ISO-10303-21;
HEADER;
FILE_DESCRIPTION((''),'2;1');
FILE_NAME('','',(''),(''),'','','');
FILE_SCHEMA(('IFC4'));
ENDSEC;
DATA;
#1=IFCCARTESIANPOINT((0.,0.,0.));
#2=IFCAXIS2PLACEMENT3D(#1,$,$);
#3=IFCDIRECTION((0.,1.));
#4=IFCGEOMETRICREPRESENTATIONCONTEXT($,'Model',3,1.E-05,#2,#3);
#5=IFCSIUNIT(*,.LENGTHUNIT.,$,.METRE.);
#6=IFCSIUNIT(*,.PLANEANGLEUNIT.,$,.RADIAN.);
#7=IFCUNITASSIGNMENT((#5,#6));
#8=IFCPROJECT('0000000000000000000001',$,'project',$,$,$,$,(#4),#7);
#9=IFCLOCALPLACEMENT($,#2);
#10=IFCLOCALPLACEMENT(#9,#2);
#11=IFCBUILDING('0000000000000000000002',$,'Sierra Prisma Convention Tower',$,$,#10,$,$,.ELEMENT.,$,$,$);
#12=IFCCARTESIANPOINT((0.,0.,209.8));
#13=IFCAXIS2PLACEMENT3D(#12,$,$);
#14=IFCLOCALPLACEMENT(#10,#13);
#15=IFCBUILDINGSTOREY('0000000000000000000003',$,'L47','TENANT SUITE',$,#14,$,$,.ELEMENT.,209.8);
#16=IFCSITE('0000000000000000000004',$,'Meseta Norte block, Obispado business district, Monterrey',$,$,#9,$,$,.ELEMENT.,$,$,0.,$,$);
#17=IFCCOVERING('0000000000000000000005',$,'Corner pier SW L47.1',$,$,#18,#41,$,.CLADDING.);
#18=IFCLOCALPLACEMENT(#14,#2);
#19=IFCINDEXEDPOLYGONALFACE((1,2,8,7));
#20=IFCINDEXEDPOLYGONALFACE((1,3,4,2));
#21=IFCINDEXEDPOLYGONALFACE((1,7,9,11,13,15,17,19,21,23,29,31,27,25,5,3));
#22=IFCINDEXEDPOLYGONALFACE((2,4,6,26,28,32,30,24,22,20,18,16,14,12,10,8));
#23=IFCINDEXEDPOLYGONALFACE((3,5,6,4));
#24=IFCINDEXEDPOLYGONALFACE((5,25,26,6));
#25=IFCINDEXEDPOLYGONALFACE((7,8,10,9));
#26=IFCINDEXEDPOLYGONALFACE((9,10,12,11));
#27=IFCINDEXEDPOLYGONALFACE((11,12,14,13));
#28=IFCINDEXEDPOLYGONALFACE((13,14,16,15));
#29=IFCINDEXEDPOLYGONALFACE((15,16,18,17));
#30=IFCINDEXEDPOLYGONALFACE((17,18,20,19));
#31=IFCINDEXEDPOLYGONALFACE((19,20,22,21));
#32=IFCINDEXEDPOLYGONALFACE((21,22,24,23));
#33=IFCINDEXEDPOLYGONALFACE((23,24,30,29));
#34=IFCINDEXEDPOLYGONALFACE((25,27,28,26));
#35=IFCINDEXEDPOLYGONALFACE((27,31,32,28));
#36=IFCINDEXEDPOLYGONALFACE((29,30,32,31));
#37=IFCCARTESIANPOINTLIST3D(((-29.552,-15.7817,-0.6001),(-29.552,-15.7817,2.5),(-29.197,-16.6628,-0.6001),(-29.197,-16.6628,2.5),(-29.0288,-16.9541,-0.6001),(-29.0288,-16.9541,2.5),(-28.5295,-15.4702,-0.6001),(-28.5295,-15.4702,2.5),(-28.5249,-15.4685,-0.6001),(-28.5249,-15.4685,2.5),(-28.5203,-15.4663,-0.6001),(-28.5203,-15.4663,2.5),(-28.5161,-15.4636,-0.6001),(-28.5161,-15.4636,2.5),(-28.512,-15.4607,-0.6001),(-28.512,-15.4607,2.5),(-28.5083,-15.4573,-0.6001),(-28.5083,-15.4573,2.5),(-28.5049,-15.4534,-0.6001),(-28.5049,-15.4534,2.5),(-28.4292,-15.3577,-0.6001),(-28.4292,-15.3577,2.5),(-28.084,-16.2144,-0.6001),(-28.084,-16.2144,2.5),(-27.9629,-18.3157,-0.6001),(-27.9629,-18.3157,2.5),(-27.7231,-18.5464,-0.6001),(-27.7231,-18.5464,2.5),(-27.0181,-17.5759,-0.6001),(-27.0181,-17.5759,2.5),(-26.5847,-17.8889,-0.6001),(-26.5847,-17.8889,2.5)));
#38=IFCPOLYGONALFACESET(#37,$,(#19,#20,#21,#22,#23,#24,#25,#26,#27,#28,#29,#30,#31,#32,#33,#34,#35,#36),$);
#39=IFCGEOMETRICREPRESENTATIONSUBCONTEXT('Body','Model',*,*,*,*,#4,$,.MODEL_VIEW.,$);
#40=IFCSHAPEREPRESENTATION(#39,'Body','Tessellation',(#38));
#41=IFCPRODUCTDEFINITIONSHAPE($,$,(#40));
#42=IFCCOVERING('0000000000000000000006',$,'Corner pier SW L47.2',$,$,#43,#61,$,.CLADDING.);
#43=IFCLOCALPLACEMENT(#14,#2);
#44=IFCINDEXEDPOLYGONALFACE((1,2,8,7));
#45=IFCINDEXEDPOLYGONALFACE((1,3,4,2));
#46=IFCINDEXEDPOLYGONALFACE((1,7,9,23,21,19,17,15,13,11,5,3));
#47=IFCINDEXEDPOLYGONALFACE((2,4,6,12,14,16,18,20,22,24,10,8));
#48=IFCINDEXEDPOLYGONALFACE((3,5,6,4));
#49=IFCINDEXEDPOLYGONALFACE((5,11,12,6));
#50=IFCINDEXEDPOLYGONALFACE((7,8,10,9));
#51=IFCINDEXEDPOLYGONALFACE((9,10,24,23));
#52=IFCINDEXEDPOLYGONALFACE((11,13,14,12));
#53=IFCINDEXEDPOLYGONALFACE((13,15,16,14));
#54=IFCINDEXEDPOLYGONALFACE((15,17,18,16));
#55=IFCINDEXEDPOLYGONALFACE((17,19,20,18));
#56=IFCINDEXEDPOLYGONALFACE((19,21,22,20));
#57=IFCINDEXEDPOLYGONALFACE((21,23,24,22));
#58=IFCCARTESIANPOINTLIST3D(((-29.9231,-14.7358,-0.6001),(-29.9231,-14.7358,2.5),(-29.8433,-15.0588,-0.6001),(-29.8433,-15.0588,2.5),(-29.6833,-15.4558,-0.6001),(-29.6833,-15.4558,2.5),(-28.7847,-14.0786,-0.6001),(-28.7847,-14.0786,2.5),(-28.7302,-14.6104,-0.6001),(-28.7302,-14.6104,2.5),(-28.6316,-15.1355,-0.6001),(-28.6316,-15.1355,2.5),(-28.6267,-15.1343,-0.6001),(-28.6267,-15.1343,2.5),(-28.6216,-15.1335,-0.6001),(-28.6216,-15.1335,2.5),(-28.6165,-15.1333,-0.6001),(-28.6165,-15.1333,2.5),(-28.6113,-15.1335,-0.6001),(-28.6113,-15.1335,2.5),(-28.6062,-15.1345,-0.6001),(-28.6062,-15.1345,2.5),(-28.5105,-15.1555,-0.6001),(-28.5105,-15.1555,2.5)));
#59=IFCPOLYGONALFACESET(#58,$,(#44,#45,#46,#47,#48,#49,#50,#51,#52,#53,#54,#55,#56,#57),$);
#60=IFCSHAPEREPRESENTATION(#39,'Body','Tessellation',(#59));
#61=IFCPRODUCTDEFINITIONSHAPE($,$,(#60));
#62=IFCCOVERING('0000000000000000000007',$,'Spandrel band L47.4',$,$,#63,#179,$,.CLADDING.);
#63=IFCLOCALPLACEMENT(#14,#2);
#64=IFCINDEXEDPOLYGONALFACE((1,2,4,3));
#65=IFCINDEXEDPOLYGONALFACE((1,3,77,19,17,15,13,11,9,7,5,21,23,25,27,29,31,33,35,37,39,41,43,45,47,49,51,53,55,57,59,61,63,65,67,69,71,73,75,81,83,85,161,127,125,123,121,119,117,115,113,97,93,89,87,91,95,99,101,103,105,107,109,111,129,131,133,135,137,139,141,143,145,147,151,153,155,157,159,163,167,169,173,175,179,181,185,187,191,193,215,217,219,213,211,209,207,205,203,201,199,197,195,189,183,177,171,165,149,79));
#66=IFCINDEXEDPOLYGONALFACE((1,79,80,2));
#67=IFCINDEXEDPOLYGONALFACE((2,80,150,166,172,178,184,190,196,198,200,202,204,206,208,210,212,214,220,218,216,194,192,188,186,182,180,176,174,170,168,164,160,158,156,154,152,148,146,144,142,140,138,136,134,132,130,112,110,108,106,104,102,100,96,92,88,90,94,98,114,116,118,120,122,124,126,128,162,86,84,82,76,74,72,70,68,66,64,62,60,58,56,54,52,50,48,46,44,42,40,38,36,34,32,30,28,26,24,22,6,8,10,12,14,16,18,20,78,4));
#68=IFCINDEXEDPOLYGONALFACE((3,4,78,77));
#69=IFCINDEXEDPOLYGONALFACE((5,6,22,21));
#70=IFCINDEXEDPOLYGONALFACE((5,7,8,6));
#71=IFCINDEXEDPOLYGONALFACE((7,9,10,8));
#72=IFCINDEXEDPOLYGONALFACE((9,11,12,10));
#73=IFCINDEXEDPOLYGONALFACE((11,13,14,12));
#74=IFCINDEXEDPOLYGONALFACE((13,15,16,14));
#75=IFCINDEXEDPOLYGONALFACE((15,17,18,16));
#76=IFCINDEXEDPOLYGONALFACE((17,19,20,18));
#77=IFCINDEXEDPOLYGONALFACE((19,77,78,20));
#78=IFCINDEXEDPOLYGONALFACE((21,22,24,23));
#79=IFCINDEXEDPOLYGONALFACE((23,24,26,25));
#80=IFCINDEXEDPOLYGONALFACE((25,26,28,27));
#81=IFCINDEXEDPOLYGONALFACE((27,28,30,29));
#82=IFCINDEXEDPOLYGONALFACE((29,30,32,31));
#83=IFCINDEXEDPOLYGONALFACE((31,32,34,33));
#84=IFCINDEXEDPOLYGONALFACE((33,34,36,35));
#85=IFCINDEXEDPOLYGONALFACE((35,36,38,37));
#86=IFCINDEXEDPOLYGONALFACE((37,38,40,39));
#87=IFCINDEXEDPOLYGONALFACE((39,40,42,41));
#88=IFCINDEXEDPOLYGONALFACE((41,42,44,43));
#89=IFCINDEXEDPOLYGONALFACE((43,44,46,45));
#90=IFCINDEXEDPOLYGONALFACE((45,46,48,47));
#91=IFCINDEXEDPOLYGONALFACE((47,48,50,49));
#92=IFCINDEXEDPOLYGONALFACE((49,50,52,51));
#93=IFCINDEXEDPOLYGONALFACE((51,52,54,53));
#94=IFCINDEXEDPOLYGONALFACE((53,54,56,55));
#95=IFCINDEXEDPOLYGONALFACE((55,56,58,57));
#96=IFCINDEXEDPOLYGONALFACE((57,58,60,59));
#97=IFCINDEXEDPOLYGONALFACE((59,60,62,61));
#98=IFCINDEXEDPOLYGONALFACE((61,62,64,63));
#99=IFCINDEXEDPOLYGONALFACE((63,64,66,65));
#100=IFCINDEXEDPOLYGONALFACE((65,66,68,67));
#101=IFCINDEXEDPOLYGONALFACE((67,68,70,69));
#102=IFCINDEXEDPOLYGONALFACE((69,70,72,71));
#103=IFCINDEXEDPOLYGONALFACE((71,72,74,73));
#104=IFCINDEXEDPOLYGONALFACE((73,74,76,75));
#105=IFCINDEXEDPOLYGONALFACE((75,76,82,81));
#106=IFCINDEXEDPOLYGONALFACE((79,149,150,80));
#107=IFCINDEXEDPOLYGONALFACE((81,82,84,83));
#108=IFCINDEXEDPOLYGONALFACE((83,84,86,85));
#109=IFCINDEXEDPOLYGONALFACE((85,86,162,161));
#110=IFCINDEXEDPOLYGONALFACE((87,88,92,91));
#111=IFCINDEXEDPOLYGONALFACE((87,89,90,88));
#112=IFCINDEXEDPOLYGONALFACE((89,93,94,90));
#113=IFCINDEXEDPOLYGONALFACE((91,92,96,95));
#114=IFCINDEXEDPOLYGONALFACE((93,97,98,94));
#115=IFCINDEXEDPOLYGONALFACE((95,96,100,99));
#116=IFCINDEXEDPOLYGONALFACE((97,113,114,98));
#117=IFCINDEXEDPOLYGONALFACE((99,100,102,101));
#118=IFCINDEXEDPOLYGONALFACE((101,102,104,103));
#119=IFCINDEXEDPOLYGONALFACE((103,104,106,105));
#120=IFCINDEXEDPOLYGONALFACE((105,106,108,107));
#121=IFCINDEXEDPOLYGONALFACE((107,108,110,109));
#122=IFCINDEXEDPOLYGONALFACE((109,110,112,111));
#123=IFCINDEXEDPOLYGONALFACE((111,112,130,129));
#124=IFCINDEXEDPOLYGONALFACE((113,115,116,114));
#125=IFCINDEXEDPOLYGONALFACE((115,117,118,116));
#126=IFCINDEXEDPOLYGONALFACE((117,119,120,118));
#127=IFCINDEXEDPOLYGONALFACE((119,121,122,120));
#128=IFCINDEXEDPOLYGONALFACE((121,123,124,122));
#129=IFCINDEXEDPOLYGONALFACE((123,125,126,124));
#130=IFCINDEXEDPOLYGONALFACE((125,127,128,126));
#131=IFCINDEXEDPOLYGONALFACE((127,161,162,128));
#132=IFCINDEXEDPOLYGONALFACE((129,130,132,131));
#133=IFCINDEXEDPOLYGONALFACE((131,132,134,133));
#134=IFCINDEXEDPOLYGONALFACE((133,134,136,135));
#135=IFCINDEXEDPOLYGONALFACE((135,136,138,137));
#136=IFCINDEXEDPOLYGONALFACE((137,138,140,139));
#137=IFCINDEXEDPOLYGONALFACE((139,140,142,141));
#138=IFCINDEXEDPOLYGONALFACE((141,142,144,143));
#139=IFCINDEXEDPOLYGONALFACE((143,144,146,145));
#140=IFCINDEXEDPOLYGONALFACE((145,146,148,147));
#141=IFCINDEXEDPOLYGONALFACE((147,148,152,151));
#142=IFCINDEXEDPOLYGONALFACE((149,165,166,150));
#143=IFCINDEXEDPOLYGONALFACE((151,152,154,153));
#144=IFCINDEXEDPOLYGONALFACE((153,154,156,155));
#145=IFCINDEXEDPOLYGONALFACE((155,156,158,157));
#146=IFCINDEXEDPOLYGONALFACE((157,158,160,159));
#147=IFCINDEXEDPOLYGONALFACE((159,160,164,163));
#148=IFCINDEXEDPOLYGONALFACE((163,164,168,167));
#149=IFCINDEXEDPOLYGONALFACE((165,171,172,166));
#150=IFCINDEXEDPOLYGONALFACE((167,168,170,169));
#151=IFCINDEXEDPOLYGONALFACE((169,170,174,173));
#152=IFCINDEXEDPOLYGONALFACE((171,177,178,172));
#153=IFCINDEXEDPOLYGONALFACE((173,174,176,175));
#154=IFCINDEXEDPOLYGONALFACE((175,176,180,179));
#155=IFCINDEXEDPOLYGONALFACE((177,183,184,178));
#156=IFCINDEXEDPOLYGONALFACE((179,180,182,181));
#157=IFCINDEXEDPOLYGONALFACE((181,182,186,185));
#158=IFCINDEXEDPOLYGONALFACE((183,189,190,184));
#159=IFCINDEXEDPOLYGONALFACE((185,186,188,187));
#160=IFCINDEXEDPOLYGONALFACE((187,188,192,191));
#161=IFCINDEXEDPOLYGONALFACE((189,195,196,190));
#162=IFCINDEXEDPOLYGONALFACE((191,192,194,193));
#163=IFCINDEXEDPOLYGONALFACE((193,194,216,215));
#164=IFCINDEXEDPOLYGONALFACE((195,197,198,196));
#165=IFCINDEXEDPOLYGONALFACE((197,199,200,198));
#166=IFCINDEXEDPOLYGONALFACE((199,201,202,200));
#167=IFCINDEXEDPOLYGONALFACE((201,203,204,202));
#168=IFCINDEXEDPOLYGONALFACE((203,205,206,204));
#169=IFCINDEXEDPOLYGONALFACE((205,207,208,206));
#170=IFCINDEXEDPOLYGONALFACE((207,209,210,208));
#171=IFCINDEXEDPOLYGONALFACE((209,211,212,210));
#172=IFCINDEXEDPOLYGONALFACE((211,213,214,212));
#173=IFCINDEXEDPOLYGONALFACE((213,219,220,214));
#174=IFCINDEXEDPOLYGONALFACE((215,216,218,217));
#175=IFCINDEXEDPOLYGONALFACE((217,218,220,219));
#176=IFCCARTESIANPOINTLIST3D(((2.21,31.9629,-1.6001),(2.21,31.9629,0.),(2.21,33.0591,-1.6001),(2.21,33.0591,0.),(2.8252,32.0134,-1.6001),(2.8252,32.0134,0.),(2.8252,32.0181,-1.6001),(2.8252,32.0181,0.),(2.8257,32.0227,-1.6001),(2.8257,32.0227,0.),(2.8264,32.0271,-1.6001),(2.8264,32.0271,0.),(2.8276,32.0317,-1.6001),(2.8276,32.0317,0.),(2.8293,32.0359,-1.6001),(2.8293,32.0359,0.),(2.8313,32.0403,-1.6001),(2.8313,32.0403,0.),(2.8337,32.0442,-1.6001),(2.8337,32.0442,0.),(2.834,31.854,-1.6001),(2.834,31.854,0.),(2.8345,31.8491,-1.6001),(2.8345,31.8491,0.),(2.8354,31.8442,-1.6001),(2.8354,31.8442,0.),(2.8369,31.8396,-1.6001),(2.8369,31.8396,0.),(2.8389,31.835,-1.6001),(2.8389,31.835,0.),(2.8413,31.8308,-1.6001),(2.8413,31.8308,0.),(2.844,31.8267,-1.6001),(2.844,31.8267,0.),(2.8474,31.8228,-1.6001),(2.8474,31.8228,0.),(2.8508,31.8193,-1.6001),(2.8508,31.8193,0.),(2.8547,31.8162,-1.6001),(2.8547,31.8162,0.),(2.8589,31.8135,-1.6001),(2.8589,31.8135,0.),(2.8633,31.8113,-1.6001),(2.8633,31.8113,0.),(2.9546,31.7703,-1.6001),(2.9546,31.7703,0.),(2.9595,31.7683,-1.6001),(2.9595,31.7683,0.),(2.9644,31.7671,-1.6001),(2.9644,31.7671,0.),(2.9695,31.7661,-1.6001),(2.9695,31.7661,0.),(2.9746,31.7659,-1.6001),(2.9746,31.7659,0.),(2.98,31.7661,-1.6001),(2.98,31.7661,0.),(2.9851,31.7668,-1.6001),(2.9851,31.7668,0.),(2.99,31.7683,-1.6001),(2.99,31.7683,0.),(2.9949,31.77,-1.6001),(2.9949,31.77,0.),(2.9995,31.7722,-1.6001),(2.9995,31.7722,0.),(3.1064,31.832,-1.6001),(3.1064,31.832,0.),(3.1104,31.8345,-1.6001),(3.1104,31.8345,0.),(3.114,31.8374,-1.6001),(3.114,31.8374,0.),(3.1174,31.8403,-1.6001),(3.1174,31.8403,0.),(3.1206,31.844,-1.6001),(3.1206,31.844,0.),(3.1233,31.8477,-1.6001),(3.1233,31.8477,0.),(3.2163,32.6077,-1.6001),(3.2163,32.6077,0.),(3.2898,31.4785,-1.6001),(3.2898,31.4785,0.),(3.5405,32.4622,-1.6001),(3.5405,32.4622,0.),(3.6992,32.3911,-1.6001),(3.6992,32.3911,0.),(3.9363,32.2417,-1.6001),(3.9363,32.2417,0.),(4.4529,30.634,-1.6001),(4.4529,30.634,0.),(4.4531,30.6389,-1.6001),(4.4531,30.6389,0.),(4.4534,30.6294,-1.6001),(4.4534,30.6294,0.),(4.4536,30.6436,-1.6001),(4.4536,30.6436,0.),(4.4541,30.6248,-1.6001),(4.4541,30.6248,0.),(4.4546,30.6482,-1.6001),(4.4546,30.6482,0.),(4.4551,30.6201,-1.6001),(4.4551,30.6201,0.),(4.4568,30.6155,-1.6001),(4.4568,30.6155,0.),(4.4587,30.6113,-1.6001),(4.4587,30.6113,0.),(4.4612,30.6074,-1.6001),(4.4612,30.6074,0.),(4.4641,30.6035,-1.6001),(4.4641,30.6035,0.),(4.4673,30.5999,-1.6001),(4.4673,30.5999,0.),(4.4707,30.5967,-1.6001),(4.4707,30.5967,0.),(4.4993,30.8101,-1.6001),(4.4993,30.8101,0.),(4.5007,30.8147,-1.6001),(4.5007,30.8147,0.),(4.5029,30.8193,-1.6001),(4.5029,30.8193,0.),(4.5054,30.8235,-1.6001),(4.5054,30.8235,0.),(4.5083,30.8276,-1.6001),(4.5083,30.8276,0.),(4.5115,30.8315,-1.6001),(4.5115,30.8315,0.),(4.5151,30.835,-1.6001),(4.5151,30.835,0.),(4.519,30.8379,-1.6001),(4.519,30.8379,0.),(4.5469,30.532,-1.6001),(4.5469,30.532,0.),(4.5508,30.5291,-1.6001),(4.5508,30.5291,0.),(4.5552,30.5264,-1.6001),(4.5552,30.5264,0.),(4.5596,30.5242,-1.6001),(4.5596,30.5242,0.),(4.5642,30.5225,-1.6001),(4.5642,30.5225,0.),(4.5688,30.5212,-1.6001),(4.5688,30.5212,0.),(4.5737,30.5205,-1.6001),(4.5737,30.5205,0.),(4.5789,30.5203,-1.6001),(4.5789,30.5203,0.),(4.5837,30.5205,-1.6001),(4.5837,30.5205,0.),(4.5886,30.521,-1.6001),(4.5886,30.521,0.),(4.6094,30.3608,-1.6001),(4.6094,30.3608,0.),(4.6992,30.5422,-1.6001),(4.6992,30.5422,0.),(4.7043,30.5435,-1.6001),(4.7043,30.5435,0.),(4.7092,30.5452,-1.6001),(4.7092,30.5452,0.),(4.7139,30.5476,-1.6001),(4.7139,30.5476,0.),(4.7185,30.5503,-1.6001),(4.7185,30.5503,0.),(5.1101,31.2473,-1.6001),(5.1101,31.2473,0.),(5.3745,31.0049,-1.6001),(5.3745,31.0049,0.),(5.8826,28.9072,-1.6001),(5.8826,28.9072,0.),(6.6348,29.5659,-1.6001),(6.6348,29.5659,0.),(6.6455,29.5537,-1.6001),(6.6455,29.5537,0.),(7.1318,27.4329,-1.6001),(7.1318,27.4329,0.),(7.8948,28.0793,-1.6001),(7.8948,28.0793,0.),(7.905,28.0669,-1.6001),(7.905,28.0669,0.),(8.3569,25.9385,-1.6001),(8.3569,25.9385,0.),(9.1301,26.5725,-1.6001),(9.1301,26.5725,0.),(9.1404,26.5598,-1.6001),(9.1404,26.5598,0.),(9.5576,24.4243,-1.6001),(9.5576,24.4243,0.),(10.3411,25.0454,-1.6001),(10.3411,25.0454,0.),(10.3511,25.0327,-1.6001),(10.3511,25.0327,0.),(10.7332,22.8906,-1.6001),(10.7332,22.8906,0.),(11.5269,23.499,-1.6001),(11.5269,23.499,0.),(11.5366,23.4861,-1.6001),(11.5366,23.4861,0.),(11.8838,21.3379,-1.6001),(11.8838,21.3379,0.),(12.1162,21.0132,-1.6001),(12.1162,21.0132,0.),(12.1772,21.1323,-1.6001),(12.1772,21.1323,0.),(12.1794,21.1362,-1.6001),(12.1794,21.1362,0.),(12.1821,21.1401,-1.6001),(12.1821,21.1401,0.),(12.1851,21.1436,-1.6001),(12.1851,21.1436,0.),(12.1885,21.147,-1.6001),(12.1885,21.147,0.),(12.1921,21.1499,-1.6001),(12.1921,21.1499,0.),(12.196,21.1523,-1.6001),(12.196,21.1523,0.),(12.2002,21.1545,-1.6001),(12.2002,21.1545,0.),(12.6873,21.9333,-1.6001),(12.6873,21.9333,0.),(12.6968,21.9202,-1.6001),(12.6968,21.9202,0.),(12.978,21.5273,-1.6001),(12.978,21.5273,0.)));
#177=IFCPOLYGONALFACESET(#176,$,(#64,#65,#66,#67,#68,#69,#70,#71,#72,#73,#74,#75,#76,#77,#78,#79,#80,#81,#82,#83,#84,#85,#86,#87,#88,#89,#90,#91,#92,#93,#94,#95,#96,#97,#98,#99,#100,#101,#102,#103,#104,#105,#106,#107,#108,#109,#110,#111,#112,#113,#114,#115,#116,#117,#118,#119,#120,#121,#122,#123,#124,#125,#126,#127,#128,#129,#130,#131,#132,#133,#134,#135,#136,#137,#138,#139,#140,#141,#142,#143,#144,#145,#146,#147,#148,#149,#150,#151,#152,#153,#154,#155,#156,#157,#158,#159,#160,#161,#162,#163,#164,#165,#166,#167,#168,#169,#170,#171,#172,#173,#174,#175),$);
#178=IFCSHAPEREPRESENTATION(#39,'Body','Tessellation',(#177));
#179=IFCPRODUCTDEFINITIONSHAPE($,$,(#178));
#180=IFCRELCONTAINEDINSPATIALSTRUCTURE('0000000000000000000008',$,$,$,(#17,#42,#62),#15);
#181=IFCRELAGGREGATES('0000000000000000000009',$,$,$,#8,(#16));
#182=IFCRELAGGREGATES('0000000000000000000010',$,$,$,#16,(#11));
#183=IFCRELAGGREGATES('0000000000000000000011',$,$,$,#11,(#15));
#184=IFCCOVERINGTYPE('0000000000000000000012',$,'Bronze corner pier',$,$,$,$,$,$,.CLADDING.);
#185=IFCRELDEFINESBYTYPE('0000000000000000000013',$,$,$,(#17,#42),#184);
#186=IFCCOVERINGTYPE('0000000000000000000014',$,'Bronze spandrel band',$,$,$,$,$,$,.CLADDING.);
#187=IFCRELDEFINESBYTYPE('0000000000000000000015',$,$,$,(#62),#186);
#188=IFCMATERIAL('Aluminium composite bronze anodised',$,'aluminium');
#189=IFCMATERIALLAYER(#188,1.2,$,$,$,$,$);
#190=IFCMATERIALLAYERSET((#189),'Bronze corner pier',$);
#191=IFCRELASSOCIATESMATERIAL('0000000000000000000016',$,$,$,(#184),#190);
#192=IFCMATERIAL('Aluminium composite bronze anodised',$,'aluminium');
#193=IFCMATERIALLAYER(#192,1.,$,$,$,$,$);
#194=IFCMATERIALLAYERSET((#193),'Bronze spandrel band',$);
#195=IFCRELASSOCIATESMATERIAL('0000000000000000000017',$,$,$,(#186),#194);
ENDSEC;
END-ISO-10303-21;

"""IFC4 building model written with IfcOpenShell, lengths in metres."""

from ifc_helpers import new_model, si_unit, direction, frame, origin, place, context, subcontext, project, spatial, polyline, outline, extrude, material, layer, layer_set, type_object, element, save


model = new_model("IFC4")

# Units and contexts
model_context = context("Model", 3, precision=1e-05, world=origin(), true_north=direction((0.0, 1.0)))
body_context = subcontext(model_context, "Body", "Model", "MODEL_VIEW")
ifc_project = project(units=[si_unit("LENGTHUNIT", "METRE"), si_unit("PLANEANGLEUNIT", "RADIAN")], contexts=[model_context])

# Site, building, storey
site_placement = place(None, origin())
site = spatial("IfcSite", under=ifc_project, at=site_placement, Name="Meseta Norte block, Obispado business district, Monterrey", CompositionType="ELEMENT", RefElevation=0.0)
building_placement = place(site_placement, origin())
building = spatial("IfcBuilding", under=site, at=building_placement, Name="Sierra Prisma Convention Tower", CompositionType="ELEMENT")
storey_placement = place(building_placement, frame((0.0, 0.0, 209.8)))
storey = spatial("IfcBuildingStorey", under=building, at=storey_placement, Name="L47", Description="TENANT SUITE", CompositionType="ELEMENT", Elevation=209.8)

# Coverings
ifc_material_1 = material(Name="Aluminium composite bronze anodised", Category="aluminium")
ifc_layer_1 = layer(ifc_material_1, 1.2)
ifc_layer_set_1 = layer_set([ifc_layer_1], Name="Bronze corner pier")
covering_type_1 = type_object("IfcCoveringType", Name="Bronze corner pier", PredefinedType="CLADDING", material=ifc_layer_set_1)
covering_1_placement = place(storey_placement, frame((0.0, 0.0, -0.6001)))
element("IfcCovering", 1, at=covering_1_placement, inside=storey, type_object=covering_type_1, Name="Corner pier SW L47.1", PredefinedType="CLADDING", context=body_context, shape_type="SweptSolid", body=[
    extrude(outline(polyline([(-29.552, -15.7817), (-28.5295, -15.4702), (-28.5249, -15.4685), (-28.5203, -15.4663), (-28.5161, -15.4636), (-28.512, -15.4607), (-28.5083, -15.4573), (-28.5049, -15.4534), (-28.4292, -15.3577), (-28.084, -16.2144), (-27.0181, -17.5759), (-26.5847, -17.8889), (-27.7231, -18.5464), (-27.9629, -18.3157), (-29.0288, -16.9541), (-29.197, -16.6628), (-29.552, -15.7817)])), origin(), (0.0, 0.0, 1.0), 3.1001),
])
covering_2_placement = place(storey_placement, frame((0.0, 0.0, -0.6001)))
element("IfcCovering", 2, at=covering_2_placement, inside=storey, type_object=covering_type_1, Name="Corner pier SW L47.2", PredefinedType="CLADDING", context=body_context, shape_type="SweptSolid", body=[
    extrude(outline(polyline([(-29.8433, -15.0588), (-29.9231, -14.7358), (-28.7847, -14.0786), (-28.7302, -14.6104), (-28.5105, -15.1555), (-28.6062, -15.1345), (-28.6113, -15.1335), (-28.6165, -15.1333), (-28.6216, -15.1335), (-28.6267, -15.1343), (-28.6316, -15.1355), (-29.6833, -15.4558), (-29.8433, -15.0588)])), origin(), (0.0, 0.0, 1.0), 3.1001),
])
ifc_material_2 = material(Name="Aluminium composite bronze anodised", Category="aluminium")
ifc_layer_2 = layer(ifc_material_2, 1.0)
ifc_layer_set_2 = layer_set([ifc_layer_2], Name="Bronze spandrel band")
covering_type_2 = type_object("IfcCoveringType", Name="Bronze spandrel band", PredefinedType="CLADDING", material=ifc_layer_set_2)
covering_3_placement = place(storey_placement, frame((0.0, 0.0, -1.6001)))
element("IfcCovering", 3, at=covering_3_placement, inside=storey, type_object=covering_type_2, Name="Spandrel band L47.4", PredefinedType="CLADDING", context=body_context, shape_type="SweptSolid", body=[
    extrude(outline(polyline([(2.8313, 32.0403), (2.8293, 32.0359), (2.8276, 32.0317), (2.8264, 32.0271), (2.8257, 32.0227), (2.8252, 32.0181), (2.8252, 32.0134), (2.834, 31.854), (2.8345, 31.8491), (2.8354, 31.8442), (2.8369, 31.8396), (2.8389, 31.835), (2.8413, 31.8308), (2.844, 31.8267), (2.8474, 31.8228), (2.8508, 31.8193), (2.8547, 31.8162), (2.8589, 31.8135), (2.8633, 31.8113), (2.9546, 31.7703), (2.9595, 31.7683), (2.9644, 31.7671), (2.9695, 31.7661), (2.9746, 31.7659), (2.98, 31.7661), (2.9851, 31.7668), (2.99, 31.7683), (2.9949, 31.77), (2.9995, 31.7722), (3.1064, 31.832), (3.1104, 31.8345), (3.114, 31.8374), (3.1174, 31.8403), (3.1206, 31.844), (3.1233, 31.8477), (3.5405, 32.4622), (3.6992, 32.3911), (3.9363, 32.2417), (5.1101, 31.2473), (4.519, 30.8379), (4.5151, 30.835), (4.5115, 30.8315), (4.5083, 30.8276), (4.5054, 30.8235), (4.5029, 30.8193), (4.5007, 30.8147), (4.4993, 30.8101), (4.4546, 30.6482), (4.4536, 30.6436), (4.4531, 30.6389), (4.4529, 30.634), (4.4534, 30.6294), (4.4541, 30.6248), (4.4551, 30.6201), (4.4568, 30.6155), (4.4587, 30.6113), (4.4612, 30.6074), (4.4641, 30.6035), (4.4673, 30.5999), (4.4707, 30.5967), (4.5469, 30.532), (4.5508, 30.5291), (4.5552, 30.5264), (4.5596, 30.5242), (4.5642, 30.5225), (4.5688, 30.5212), (4.5737, 30.5205), (4.5789, 30.5203), (4.5837, 30.5205), (4.5886, 30.521), (4.6992, 30.5422), (4.7043, 30.5435), (4.7092, 30.5452), (4.7139, 30.5476), (4.7185, 30.5503), (5.3745, 31.0049), (6.6348, 29.5659), (6.6455, 29.5537), (7.8948, 28.0793), (7.905, 28.0669), (9.1301, 26.5725), (9.1404, 26.5598), (10.3411, 25.0454), (10.3511, 25.0327), (11.5269, 23.499), (11.5366, 23.4861), (12.6873, 21.9333), (12.6968, 21.9202), (12.978, 21.5273), (12.2002, 21.1545), (12.196, 21.1523), (12.1921, 21.1499), (12.1885, 21.147), (12.1851, 21.1436), (12.1821, 21.1401), (12.1794, 21.1362), (12.1772, 21.1323), (12.1162, 21.0132), (11.8838, 21.3379), (10.7332, 22.8906), (9.5576, 24.4243), (8.3569, 25.9385), (7.1318, 27.4329), (5.8826, 28.9072), (4.6094, 30.3608), (3.2898, 31.4785), (2.21, 31.9629), (2.21, 33.0591), (3.2163, 32.6077), (2.8337, 32.0442), (2.8313, 32.0403)])), origin(), (0.0, 0.0, 1.0), 1.6001),
])

save(model, "model.ifc")
